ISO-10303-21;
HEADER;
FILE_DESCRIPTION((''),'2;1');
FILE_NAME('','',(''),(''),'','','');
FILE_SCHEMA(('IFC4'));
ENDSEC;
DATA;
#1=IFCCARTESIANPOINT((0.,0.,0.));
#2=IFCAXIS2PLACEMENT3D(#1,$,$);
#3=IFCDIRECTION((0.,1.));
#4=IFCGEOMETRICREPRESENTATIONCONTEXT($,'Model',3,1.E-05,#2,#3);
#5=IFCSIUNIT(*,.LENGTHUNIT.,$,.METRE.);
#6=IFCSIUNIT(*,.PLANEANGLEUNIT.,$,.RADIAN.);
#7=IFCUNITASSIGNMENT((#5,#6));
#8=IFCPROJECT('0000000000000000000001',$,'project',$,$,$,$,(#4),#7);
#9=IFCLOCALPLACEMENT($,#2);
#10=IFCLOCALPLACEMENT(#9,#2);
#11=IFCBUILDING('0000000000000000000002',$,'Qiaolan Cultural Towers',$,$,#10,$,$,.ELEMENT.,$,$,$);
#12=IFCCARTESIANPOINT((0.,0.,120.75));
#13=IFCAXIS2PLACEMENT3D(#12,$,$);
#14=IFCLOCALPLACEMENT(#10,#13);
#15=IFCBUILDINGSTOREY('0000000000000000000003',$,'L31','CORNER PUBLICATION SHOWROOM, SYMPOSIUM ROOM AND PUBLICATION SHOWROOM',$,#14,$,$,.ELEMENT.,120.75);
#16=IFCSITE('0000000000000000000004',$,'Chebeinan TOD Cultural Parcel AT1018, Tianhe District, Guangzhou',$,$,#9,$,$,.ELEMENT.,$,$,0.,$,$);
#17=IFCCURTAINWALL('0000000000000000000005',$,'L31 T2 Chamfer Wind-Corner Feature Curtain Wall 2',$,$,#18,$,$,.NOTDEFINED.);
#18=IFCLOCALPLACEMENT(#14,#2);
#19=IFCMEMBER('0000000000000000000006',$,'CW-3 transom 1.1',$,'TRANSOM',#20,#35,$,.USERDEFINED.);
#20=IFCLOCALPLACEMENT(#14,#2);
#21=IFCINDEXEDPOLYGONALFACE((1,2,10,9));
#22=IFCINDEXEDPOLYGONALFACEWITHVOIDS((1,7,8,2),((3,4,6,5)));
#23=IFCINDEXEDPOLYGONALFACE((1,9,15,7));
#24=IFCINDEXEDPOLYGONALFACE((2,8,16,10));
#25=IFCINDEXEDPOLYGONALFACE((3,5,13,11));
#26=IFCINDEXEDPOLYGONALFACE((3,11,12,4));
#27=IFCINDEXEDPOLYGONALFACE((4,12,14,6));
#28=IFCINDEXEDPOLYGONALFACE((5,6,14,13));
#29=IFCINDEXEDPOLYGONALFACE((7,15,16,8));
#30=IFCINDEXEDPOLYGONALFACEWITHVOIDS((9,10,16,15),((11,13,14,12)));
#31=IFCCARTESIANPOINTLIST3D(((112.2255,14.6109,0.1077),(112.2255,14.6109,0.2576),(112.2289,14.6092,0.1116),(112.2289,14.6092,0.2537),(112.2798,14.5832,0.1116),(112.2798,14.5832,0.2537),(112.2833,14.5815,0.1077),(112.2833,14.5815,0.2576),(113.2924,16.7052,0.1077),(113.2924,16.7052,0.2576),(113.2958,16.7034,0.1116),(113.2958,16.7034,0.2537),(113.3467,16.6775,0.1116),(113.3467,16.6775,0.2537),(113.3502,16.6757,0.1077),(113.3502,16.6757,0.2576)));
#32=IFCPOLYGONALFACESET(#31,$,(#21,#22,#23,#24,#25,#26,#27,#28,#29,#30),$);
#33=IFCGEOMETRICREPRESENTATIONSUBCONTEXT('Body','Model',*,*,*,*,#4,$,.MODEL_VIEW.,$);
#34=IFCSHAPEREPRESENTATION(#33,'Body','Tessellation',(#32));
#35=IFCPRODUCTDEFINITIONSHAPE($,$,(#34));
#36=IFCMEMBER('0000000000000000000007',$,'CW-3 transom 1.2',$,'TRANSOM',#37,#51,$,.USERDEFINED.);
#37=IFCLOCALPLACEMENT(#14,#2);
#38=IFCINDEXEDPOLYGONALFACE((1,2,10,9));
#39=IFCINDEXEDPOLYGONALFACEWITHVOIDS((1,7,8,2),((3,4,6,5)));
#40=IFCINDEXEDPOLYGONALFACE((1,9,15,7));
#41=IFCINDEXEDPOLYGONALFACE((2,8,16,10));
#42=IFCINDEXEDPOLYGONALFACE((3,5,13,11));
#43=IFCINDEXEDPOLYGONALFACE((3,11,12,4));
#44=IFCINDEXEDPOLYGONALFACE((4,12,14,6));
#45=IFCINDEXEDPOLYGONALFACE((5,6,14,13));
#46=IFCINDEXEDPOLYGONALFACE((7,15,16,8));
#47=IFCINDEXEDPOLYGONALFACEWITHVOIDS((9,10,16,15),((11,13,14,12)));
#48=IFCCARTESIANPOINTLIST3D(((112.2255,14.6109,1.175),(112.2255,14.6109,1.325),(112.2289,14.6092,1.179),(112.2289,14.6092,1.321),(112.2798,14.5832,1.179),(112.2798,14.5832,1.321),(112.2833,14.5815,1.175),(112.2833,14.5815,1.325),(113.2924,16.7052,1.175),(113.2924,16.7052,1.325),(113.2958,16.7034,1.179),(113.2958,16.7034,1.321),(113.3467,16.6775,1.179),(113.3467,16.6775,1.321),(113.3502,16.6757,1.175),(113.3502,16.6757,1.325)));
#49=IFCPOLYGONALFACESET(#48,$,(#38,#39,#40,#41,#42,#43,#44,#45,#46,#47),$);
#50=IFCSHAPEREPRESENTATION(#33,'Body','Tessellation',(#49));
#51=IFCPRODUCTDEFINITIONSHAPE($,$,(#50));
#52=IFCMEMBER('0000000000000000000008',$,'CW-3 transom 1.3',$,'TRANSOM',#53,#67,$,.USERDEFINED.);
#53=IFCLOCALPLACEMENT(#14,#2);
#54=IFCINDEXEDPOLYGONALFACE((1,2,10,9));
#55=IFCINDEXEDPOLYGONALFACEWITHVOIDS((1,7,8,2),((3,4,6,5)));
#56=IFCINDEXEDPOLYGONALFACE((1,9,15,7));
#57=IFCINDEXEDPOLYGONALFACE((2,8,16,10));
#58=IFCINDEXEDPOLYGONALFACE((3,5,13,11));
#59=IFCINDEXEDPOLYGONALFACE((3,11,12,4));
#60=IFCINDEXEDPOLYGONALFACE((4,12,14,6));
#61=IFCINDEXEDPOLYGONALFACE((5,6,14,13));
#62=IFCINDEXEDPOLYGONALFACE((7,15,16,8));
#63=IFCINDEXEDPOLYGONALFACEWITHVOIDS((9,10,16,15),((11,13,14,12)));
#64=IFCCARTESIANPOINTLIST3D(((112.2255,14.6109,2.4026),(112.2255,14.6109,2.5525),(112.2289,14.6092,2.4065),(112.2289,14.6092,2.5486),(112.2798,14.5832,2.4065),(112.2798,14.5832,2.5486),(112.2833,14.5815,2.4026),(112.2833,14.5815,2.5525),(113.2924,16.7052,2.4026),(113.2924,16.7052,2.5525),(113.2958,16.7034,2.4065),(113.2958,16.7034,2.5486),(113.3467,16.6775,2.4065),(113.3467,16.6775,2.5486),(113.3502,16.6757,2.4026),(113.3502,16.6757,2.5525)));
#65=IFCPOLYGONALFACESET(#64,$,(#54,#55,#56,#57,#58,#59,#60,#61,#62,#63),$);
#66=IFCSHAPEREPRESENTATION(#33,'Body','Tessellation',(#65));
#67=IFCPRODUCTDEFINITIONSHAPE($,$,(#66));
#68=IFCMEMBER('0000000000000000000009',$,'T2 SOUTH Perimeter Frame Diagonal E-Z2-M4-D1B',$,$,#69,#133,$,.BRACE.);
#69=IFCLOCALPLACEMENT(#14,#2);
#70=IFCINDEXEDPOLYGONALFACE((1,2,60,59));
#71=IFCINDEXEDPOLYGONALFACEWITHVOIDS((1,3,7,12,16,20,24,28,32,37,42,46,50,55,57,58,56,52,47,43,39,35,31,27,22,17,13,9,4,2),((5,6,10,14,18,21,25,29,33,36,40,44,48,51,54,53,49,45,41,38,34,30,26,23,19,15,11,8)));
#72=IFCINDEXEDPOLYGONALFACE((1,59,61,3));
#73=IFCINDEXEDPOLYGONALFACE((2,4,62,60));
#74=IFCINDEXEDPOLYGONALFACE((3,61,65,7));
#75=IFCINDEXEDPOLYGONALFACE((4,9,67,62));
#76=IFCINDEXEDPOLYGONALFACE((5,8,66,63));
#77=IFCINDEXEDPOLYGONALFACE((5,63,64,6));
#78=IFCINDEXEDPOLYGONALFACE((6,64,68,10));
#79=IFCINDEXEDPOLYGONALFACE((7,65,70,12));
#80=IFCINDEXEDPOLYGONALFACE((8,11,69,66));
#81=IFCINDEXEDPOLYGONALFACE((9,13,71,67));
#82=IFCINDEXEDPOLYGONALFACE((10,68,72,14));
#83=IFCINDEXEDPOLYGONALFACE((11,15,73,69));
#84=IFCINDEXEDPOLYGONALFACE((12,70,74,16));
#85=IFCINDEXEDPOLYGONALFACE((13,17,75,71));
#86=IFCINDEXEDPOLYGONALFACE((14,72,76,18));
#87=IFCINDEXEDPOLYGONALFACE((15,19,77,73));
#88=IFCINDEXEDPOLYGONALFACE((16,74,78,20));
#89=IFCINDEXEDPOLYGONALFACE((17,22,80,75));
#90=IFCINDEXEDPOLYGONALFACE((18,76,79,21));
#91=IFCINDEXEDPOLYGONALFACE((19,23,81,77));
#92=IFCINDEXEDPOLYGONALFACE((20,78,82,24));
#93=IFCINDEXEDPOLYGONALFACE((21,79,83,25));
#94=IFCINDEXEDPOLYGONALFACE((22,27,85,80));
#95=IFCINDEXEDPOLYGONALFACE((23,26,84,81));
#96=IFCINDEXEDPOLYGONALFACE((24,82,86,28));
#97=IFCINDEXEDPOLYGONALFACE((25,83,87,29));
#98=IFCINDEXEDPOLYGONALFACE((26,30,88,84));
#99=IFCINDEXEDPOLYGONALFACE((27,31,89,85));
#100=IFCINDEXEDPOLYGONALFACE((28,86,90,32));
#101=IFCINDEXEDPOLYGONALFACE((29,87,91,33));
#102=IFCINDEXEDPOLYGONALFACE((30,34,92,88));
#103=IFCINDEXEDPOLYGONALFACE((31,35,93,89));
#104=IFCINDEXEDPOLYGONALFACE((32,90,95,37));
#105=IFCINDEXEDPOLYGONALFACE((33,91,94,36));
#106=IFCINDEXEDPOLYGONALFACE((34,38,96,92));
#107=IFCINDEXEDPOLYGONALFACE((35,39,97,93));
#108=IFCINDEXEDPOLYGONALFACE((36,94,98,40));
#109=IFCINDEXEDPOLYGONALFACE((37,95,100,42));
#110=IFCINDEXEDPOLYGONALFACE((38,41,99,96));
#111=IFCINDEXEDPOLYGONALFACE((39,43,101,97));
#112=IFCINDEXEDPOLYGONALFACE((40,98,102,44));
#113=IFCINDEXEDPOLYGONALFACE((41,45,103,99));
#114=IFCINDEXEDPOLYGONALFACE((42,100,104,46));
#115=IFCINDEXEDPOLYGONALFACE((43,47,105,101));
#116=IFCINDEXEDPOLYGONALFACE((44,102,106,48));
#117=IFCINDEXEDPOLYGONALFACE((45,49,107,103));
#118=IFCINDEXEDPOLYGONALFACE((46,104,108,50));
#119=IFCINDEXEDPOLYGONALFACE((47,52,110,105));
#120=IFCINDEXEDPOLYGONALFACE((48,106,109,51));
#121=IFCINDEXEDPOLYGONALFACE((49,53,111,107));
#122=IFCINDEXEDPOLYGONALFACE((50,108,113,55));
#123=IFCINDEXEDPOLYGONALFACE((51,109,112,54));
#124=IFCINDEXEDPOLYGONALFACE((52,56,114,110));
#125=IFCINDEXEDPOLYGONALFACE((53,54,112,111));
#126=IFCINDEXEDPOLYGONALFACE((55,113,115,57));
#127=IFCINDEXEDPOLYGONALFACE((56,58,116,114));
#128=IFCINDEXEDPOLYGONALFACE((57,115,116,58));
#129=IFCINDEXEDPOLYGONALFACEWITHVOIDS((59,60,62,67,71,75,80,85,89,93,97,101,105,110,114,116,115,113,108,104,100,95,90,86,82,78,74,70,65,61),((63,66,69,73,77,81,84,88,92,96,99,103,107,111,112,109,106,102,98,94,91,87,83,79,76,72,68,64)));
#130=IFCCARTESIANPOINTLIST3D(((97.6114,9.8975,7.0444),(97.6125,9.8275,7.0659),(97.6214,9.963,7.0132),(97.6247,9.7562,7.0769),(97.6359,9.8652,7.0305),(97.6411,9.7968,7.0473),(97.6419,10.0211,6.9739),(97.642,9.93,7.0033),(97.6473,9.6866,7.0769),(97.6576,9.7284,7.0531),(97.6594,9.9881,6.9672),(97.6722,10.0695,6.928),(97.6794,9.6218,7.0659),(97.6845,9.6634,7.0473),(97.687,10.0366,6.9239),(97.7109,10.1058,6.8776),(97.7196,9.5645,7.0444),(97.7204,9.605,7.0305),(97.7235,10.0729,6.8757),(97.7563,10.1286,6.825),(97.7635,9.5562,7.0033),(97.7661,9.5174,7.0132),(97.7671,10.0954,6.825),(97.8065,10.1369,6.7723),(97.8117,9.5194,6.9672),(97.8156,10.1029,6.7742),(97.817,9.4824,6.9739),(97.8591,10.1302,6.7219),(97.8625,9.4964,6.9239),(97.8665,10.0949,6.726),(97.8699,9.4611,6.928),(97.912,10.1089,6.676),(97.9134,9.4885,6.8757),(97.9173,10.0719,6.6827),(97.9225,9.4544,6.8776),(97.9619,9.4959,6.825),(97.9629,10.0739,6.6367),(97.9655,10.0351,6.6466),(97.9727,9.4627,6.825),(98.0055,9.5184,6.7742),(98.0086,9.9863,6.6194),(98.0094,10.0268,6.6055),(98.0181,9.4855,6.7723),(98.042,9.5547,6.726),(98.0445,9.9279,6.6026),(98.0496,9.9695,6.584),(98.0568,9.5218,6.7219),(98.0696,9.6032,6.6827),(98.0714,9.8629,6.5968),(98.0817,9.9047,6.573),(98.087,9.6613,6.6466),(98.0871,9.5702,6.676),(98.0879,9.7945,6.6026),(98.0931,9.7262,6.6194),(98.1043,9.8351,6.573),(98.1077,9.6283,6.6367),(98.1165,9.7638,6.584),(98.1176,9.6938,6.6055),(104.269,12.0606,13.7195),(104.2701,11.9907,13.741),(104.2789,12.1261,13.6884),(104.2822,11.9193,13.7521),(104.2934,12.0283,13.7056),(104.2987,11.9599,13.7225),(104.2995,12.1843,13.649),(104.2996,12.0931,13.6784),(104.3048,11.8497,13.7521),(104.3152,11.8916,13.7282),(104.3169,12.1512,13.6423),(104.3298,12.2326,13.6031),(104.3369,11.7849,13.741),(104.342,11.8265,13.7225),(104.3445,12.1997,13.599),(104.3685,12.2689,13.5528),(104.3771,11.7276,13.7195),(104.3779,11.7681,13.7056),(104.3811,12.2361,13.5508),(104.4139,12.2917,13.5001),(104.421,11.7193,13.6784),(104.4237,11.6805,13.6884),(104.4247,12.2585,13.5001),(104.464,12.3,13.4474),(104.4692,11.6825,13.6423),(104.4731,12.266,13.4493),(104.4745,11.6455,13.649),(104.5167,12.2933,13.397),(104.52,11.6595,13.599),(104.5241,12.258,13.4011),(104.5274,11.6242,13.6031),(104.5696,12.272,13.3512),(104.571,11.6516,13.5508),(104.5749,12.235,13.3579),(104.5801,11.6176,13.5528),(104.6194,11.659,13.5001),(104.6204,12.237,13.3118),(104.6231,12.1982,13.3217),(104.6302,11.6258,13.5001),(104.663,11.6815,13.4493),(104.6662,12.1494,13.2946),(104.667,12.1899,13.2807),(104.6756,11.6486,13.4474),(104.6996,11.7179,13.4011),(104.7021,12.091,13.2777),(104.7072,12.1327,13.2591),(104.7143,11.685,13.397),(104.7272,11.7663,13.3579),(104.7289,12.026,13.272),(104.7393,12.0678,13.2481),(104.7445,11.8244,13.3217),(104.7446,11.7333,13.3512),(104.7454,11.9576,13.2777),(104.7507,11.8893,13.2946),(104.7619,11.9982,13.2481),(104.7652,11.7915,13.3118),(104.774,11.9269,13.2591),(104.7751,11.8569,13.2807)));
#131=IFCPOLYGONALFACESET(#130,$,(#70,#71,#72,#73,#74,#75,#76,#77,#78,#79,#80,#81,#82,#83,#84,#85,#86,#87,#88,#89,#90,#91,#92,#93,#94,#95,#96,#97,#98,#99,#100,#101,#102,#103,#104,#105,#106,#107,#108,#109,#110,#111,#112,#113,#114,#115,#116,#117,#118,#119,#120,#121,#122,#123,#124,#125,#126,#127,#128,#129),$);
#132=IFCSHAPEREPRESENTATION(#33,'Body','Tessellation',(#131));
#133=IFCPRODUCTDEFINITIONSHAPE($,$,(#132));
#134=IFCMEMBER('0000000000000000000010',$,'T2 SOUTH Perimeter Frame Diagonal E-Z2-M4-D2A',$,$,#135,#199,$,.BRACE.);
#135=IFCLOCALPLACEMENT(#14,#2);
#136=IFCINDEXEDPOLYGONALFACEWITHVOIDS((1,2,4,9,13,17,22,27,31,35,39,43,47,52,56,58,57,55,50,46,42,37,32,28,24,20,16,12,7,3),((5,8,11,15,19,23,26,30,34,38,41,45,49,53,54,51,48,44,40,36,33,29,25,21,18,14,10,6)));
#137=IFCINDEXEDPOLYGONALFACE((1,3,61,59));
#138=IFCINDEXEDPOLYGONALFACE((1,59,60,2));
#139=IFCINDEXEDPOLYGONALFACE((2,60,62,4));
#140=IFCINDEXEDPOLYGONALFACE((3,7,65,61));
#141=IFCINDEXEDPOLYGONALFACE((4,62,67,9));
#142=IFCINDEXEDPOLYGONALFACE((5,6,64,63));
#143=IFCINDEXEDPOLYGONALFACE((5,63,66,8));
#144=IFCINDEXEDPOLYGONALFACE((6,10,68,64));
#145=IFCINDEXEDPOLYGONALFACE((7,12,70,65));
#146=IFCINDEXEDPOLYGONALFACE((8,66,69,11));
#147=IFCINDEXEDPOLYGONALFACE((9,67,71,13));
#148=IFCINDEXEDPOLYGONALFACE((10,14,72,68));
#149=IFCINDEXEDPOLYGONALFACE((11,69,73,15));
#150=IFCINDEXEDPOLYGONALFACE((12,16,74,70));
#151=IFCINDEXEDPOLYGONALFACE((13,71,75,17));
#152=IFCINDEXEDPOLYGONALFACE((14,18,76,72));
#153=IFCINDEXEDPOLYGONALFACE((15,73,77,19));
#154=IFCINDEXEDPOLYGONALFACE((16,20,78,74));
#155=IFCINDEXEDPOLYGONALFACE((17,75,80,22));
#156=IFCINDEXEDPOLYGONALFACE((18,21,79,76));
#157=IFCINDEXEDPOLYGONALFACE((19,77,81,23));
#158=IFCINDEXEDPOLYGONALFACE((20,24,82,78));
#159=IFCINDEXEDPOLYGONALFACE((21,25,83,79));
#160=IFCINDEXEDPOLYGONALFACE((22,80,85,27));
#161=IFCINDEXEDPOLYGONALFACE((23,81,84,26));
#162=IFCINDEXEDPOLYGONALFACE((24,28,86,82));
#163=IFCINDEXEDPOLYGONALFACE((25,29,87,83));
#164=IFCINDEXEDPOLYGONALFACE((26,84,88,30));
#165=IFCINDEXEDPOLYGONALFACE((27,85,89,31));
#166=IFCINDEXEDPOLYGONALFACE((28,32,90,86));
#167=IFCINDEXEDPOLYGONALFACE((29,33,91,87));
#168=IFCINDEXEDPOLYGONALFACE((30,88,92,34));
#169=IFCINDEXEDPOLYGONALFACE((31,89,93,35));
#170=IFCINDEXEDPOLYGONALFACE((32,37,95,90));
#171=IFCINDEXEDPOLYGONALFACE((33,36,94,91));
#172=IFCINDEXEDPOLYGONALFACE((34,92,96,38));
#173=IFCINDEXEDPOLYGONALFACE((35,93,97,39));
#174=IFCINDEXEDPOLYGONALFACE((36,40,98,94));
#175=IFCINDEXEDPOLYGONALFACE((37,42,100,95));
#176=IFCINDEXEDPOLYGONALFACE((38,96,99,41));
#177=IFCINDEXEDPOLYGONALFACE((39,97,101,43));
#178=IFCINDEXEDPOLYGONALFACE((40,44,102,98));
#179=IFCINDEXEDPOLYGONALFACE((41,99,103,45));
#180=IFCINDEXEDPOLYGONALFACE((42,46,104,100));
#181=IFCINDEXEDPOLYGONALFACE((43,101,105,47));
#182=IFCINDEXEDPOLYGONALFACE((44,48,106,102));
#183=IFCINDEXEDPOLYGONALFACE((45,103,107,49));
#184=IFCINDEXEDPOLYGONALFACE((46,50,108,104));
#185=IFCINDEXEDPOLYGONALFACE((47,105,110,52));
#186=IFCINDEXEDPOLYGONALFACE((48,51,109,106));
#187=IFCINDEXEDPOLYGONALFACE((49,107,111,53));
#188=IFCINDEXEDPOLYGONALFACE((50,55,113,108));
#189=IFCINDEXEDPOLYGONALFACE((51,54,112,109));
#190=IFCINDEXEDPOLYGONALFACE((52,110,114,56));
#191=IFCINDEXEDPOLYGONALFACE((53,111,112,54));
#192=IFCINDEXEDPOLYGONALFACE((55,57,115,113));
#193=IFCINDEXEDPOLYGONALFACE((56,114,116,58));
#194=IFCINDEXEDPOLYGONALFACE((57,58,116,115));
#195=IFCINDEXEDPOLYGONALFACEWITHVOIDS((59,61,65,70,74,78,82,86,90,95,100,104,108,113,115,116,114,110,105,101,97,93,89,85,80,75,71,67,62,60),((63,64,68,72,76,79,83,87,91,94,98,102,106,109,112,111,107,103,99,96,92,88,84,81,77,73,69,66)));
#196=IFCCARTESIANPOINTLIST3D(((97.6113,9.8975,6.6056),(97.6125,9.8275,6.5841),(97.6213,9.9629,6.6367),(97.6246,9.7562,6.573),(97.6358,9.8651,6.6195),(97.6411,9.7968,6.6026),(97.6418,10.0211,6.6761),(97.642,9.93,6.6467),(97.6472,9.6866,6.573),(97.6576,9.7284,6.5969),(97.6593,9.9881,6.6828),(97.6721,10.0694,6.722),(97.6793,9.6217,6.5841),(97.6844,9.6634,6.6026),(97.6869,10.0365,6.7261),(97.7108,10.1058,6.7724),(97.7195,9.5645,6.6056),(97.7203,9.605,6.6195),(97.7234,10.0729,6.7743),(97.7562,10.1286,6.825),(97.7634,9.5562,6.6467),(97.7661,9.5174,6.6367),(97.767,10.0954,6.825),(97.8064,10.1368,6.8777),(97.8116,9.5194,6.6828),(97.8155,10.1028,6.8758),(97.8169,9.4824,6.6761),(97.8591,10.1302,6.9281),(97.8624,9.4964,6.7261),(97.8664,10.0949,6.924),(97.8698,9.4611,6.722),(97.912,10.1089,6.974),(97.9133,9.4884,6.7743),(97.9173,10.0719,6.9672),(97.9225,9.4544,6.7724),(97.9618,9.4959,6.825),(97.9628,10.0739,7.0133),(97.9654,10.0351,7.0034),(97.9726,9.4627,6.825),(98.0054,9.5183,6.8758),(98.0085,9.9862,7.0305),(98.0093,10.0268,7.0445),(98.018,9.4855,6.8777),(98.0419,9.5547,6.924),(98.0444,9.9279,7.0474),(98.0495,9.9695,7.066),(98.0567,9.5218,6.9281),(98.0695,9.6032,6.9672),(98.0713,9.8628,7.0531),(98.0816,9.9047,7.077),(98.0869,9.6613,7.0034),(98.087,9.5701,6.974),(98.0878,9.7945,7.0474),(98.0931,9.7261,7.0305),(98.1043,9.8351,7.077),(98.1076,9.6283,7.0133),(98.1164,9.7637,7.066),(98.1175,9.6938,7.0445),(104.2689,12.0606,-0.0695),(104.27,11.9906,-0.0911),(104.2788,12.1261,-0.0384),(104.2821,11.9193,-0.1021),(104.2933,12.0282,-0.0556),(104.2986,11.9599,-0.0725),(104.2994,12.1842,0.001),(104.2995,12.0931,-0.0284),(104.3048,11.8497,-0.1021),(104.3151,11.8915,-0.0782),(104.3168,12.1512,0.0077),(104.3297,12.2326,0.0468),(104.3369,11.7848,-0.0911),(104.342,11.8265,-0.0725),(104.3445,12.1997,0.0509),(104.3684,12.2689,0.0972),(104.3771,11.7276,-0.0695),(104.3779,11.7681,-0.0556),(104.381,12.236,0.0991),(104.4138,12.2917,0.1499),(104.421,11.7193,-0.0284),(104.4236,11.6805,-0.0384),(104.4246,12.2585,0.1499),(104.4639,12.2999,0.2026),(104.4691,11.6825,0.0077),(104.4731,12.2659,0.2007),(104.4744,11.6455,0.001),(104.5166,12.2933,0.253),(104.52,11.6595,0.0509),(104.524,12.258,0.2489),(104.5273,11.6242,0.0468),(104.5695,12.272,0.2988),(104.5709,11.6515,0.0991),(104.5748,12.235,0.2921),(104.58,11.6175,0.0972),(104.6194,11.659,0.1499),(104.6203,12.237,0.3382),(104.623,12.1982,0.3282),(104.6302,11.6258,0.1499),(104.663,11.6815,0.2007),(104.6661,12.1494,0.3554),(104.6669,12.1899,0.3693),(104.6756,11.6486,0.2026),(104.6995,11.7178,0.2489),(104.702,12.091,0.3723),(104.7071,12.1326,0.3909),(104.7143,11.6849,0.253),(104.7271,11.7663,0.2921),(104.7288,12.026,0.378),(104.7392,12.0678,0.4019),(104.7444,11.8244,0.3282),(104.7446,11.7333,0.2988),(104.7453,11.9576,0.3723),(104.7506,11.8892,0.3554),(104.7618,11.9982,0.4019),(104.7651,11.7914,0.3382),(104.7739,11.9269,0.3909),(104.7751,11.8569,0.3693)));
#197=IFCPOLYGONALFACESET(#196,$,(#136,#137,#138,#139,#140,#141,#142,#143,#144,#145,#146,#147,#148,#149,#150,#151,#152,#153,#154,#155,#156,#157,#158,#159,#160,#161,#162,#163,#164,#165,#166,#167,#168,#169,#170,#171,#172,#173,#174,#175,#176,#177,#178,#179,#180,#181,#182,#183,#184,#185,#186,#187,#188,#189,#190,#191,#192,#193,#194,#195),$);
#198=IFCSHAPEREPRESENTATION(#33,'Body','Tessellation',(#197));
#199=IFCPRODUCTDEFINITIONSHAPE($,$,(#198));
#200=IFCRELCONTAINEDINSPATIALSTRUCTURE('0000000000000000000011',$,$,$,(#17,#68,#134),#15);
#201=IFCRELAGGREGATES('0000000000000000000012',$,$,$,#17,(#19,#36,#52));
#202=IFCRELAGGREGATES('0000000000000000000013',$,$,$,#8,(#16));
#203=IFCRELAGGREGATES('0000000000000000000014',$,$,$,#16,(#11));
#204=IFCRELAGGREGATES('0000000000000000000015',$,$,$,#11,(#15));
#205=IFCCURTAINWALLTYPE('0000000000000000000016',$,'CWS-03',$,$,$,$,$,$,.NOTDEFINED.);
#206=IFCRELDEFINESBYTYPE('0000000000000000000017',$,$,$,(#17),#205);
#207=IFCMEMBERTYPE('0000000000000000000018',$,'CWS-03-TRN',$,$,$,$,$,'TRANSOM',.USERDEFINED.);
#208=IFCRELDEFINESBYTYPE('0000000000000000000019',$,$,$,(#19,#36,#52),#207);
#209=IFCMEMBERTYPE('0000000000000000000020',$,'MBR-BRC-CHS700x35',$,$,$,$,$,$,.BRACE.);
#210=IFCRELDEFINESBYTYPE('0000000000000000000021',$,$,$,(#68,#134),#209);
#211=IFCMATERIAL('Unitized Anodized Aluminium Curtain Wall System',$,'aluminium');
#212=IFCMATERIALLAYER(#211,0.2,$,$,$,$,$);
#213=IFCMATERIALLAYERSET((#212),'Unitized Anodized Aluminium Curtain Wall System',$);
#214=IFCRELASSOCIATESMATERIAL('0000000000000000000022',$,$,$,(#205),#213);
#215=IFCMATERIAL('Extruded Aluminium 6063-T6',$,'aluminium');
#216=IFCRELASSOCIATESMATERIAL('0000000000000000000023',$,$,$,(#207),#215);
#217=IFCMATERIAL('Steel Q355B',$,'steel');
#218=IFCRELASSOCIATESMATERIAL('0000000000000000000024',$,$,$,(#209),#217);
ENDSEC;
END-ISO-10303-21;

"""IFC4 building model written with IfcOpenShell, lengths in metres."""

from ifc_helpers import new_model, si_unit, direction, frame, origin, origin_2d, place, context, subcontext, project, spatial, hollow_rectangle, hollow_circle, extrude, material, layer, layer_set, material_profile, profile_set, type_object, element, aggregate, save


model = new_model("IFC4")

# Units and contexts
model_context = context("Model", 3, precision=1e-05, world=origin(), true_north=direction((0.0, 1.0)))
body_context = subcontext(model_context, "Body", "Model", "MODEL_VIEW")
ifc_project = project(units=[si_unit("LENGTHUNIT", "METRE"), si_unit("PLANEANGLEUNIT", "RADIAN")], contexts=[model_context])

# Site, building, storey
site_placement = place(None, origin())
site = spatial("IfcSite", under=ifc_project, at=site_placement, Name="Chebeinan TOD Cultural Parcel AT1018, Tianhe District, Guangzhou", CompositionType="ELEMENT", RefElevation=0.0)
building_placement = place(site_placement, origin())
building = spatial("IfcBuilding", under=site, at=building_placement, Name="Qiaolan Cultural Towers", CompositionType="ELEMENT")
storey_placement = place(building_placement, frame((0.0, 0.0, 120.75)))
storey = spatial("IfcBuildingStorey", under=building, at=storey_placement, Name="L31", Description="CORNER PUBLICATION SHOWROOM, SYMPOSIUM ROOM AND PUBLICATION SHOWROOM", CompositionType="ELEMENT", Elevation=120.75)

# Curtain wall, members
ifc_material_1 = material(Name="Unitized Anodized Aluminium Curtain Wall System", Category="aluminium")
ifc_layer_1 = layer(ifc_material_1, 0.2)
ifc_layer_set_1 = layer_set([ifc_layer_1], Name="Unitized Anodized Aluminium Curtain Wall System")
curtain_wall_type = type_object("IfcCurtainWallType", Name="CWS-03", PredefinedType="NOTDEFINED", material=ifc_layer_set_1)
curtain_wall_placement = place(storey_placement, origin())
curtain_wall = element("IfcCurtainWall", 1, at=curtain_wall_placement, inside=storey, type_object=curtain_wall_type, Name="L31 T2 Chamfer Wind-Corner Feature Curtain Wall 2", PredefinedType="NOTDEFINED")
ifc_material_2 = material(Name="Extruded Aluminium 6063-T6", Category="aluminium")
ifc_material_profile_1 = material_profile(ifc_material_2, hollow_rectangle(XDim=0.0649, YDim=0.1499, WallThickness=0.0039, at=origin_2d()), Name="CWT-150x65x4")
ifc_profile_set_1 = profile_set([ifc_material_profile_1], Name="Extruded Aluminium 6063-T6")
member_type_1 = type_object("IfcMemberType", Name="CWS-03-TRN", ElementType="TRANSOM", PredefinedType="USERDEFINED", material=ifc_profile_set_1)
member_1_placement = place(storey_placement, frame((113.3213, 16.6904, 0.1826), z_axis=(-0.453932, -0.891036, 0.0), x_axis=(0.891036, -0.453932, 0.0)))
member_1 = element("IfcMember", 2, at=member_1_placement, type_object=member_type_1, Name="CW-3 transom 1.1", ObjectType="TRANSOM", PredefinedType="USERDEFINED", context=body_context, shape_type="SweptSolid", body=[
    extrude(hollow_rectangle(XDim=0.0649, YDim=0.1499, WallThickness=0.0039, at=origin_2d()), origin(), (0.0, 0.0, 1.0), 2.3503),
])
member_2_placement = place(storey_placement, frame((113.3213, 16.6904, 1.25), z_axis=(-0.453932, -0.891036, 0.0), x_axis=(0.891036, -0.453932, 0.0)))
member_2 = element("IfcMember", 3, at=member_2_placement, type_object=member_type_1, Name="CW-3 transom 1.2", ObjectType="TRANSOM", PredefinedType="USERDEFINED", context=body_context, shape_type="SweptSolid", body=[
    extrude(hollow_rectangle(XDim=0.0649, YDim=0.1499, WallThickness=0.0039, at=origin_2d()), origin(), (0.0, 0.0, 1.0), 2.3503),
])
member_3_placement = place(storey_placement, frame((113.3213, 16.6904, 2.4775), z_axis=(-0.453932, -0.891036, 0.0), x_axis=(0.891036, -0.453932, 0.0)))
member_3 = element("IfcMember", 4, at=member_3_placement, type_object=member_type_1, Name="CW-3 transom 1.3", ObjectType="TRANSOM", PredefinedType="USERDEFINED", context=body_context, shape_type="SweptSolid", body=[
    extrude(hollow_rectangle(XDim=0.0649, YDim=0.1499, WallThickness=0.0039, at=origin_2d()), origin(), (0.0, 0.0, 1.0), 2.3503),
])

# Members
ifc_material_3 = material(Name="Steel Q355B", Category="steel")
ifc_material_profile_2 = material_profile(ifc_material_3, hollow_circle(Radius=0.3501, WallThickness=0.0349, at=origin_2d()), Name="CHS700x35")
ifc_profile_set_2 = profile_set([ifc_material_profile_2], Name="Steel Q355B")
member_type_2 = type_object("IfcMemberType", Name="MBR-BRC-CHS700x35", PredefinedType="BRACE", material=ifc_profile_set_2)
for number, where, z_axis, x_axis, name in (
    (5, (97.8645, 9.7957, 6.825), (0.688289, 0.223633, 0.690106), (-0.30901, 0.951059, 0.0), "T2 SOUTH Perimeter Frame Diagonal E-Z2-M4-D1B"),
    (6, (104.522, 11.9587, 0.1499), (-0.688289, -0.223633, 0.690106), (0.30901, -0.951059, 0.0), "T2 SOUTH Perimeter Frame Diagonal E-Z2-M4-D2A"),
):
    element("IfcMember", number, at=place(storey_placement, frame(where, z_axis=z_axis, x_axis=x_axis)), inside=storey, type_object=member_type_2, Name=name, PredefinedType="BRACE", context=body_context, shape_type="SweptSolid", body=[
        extrude(hollow_circle(Radius=0.3501, WallThickness=0.0349, at=origin_2d()), origin(), (0.0, 0.0, 1.0), 9.6726),
    ])

aggregate(curtain_wall, [member_1, member_2, member_3])

save(model, "model.ifc")
